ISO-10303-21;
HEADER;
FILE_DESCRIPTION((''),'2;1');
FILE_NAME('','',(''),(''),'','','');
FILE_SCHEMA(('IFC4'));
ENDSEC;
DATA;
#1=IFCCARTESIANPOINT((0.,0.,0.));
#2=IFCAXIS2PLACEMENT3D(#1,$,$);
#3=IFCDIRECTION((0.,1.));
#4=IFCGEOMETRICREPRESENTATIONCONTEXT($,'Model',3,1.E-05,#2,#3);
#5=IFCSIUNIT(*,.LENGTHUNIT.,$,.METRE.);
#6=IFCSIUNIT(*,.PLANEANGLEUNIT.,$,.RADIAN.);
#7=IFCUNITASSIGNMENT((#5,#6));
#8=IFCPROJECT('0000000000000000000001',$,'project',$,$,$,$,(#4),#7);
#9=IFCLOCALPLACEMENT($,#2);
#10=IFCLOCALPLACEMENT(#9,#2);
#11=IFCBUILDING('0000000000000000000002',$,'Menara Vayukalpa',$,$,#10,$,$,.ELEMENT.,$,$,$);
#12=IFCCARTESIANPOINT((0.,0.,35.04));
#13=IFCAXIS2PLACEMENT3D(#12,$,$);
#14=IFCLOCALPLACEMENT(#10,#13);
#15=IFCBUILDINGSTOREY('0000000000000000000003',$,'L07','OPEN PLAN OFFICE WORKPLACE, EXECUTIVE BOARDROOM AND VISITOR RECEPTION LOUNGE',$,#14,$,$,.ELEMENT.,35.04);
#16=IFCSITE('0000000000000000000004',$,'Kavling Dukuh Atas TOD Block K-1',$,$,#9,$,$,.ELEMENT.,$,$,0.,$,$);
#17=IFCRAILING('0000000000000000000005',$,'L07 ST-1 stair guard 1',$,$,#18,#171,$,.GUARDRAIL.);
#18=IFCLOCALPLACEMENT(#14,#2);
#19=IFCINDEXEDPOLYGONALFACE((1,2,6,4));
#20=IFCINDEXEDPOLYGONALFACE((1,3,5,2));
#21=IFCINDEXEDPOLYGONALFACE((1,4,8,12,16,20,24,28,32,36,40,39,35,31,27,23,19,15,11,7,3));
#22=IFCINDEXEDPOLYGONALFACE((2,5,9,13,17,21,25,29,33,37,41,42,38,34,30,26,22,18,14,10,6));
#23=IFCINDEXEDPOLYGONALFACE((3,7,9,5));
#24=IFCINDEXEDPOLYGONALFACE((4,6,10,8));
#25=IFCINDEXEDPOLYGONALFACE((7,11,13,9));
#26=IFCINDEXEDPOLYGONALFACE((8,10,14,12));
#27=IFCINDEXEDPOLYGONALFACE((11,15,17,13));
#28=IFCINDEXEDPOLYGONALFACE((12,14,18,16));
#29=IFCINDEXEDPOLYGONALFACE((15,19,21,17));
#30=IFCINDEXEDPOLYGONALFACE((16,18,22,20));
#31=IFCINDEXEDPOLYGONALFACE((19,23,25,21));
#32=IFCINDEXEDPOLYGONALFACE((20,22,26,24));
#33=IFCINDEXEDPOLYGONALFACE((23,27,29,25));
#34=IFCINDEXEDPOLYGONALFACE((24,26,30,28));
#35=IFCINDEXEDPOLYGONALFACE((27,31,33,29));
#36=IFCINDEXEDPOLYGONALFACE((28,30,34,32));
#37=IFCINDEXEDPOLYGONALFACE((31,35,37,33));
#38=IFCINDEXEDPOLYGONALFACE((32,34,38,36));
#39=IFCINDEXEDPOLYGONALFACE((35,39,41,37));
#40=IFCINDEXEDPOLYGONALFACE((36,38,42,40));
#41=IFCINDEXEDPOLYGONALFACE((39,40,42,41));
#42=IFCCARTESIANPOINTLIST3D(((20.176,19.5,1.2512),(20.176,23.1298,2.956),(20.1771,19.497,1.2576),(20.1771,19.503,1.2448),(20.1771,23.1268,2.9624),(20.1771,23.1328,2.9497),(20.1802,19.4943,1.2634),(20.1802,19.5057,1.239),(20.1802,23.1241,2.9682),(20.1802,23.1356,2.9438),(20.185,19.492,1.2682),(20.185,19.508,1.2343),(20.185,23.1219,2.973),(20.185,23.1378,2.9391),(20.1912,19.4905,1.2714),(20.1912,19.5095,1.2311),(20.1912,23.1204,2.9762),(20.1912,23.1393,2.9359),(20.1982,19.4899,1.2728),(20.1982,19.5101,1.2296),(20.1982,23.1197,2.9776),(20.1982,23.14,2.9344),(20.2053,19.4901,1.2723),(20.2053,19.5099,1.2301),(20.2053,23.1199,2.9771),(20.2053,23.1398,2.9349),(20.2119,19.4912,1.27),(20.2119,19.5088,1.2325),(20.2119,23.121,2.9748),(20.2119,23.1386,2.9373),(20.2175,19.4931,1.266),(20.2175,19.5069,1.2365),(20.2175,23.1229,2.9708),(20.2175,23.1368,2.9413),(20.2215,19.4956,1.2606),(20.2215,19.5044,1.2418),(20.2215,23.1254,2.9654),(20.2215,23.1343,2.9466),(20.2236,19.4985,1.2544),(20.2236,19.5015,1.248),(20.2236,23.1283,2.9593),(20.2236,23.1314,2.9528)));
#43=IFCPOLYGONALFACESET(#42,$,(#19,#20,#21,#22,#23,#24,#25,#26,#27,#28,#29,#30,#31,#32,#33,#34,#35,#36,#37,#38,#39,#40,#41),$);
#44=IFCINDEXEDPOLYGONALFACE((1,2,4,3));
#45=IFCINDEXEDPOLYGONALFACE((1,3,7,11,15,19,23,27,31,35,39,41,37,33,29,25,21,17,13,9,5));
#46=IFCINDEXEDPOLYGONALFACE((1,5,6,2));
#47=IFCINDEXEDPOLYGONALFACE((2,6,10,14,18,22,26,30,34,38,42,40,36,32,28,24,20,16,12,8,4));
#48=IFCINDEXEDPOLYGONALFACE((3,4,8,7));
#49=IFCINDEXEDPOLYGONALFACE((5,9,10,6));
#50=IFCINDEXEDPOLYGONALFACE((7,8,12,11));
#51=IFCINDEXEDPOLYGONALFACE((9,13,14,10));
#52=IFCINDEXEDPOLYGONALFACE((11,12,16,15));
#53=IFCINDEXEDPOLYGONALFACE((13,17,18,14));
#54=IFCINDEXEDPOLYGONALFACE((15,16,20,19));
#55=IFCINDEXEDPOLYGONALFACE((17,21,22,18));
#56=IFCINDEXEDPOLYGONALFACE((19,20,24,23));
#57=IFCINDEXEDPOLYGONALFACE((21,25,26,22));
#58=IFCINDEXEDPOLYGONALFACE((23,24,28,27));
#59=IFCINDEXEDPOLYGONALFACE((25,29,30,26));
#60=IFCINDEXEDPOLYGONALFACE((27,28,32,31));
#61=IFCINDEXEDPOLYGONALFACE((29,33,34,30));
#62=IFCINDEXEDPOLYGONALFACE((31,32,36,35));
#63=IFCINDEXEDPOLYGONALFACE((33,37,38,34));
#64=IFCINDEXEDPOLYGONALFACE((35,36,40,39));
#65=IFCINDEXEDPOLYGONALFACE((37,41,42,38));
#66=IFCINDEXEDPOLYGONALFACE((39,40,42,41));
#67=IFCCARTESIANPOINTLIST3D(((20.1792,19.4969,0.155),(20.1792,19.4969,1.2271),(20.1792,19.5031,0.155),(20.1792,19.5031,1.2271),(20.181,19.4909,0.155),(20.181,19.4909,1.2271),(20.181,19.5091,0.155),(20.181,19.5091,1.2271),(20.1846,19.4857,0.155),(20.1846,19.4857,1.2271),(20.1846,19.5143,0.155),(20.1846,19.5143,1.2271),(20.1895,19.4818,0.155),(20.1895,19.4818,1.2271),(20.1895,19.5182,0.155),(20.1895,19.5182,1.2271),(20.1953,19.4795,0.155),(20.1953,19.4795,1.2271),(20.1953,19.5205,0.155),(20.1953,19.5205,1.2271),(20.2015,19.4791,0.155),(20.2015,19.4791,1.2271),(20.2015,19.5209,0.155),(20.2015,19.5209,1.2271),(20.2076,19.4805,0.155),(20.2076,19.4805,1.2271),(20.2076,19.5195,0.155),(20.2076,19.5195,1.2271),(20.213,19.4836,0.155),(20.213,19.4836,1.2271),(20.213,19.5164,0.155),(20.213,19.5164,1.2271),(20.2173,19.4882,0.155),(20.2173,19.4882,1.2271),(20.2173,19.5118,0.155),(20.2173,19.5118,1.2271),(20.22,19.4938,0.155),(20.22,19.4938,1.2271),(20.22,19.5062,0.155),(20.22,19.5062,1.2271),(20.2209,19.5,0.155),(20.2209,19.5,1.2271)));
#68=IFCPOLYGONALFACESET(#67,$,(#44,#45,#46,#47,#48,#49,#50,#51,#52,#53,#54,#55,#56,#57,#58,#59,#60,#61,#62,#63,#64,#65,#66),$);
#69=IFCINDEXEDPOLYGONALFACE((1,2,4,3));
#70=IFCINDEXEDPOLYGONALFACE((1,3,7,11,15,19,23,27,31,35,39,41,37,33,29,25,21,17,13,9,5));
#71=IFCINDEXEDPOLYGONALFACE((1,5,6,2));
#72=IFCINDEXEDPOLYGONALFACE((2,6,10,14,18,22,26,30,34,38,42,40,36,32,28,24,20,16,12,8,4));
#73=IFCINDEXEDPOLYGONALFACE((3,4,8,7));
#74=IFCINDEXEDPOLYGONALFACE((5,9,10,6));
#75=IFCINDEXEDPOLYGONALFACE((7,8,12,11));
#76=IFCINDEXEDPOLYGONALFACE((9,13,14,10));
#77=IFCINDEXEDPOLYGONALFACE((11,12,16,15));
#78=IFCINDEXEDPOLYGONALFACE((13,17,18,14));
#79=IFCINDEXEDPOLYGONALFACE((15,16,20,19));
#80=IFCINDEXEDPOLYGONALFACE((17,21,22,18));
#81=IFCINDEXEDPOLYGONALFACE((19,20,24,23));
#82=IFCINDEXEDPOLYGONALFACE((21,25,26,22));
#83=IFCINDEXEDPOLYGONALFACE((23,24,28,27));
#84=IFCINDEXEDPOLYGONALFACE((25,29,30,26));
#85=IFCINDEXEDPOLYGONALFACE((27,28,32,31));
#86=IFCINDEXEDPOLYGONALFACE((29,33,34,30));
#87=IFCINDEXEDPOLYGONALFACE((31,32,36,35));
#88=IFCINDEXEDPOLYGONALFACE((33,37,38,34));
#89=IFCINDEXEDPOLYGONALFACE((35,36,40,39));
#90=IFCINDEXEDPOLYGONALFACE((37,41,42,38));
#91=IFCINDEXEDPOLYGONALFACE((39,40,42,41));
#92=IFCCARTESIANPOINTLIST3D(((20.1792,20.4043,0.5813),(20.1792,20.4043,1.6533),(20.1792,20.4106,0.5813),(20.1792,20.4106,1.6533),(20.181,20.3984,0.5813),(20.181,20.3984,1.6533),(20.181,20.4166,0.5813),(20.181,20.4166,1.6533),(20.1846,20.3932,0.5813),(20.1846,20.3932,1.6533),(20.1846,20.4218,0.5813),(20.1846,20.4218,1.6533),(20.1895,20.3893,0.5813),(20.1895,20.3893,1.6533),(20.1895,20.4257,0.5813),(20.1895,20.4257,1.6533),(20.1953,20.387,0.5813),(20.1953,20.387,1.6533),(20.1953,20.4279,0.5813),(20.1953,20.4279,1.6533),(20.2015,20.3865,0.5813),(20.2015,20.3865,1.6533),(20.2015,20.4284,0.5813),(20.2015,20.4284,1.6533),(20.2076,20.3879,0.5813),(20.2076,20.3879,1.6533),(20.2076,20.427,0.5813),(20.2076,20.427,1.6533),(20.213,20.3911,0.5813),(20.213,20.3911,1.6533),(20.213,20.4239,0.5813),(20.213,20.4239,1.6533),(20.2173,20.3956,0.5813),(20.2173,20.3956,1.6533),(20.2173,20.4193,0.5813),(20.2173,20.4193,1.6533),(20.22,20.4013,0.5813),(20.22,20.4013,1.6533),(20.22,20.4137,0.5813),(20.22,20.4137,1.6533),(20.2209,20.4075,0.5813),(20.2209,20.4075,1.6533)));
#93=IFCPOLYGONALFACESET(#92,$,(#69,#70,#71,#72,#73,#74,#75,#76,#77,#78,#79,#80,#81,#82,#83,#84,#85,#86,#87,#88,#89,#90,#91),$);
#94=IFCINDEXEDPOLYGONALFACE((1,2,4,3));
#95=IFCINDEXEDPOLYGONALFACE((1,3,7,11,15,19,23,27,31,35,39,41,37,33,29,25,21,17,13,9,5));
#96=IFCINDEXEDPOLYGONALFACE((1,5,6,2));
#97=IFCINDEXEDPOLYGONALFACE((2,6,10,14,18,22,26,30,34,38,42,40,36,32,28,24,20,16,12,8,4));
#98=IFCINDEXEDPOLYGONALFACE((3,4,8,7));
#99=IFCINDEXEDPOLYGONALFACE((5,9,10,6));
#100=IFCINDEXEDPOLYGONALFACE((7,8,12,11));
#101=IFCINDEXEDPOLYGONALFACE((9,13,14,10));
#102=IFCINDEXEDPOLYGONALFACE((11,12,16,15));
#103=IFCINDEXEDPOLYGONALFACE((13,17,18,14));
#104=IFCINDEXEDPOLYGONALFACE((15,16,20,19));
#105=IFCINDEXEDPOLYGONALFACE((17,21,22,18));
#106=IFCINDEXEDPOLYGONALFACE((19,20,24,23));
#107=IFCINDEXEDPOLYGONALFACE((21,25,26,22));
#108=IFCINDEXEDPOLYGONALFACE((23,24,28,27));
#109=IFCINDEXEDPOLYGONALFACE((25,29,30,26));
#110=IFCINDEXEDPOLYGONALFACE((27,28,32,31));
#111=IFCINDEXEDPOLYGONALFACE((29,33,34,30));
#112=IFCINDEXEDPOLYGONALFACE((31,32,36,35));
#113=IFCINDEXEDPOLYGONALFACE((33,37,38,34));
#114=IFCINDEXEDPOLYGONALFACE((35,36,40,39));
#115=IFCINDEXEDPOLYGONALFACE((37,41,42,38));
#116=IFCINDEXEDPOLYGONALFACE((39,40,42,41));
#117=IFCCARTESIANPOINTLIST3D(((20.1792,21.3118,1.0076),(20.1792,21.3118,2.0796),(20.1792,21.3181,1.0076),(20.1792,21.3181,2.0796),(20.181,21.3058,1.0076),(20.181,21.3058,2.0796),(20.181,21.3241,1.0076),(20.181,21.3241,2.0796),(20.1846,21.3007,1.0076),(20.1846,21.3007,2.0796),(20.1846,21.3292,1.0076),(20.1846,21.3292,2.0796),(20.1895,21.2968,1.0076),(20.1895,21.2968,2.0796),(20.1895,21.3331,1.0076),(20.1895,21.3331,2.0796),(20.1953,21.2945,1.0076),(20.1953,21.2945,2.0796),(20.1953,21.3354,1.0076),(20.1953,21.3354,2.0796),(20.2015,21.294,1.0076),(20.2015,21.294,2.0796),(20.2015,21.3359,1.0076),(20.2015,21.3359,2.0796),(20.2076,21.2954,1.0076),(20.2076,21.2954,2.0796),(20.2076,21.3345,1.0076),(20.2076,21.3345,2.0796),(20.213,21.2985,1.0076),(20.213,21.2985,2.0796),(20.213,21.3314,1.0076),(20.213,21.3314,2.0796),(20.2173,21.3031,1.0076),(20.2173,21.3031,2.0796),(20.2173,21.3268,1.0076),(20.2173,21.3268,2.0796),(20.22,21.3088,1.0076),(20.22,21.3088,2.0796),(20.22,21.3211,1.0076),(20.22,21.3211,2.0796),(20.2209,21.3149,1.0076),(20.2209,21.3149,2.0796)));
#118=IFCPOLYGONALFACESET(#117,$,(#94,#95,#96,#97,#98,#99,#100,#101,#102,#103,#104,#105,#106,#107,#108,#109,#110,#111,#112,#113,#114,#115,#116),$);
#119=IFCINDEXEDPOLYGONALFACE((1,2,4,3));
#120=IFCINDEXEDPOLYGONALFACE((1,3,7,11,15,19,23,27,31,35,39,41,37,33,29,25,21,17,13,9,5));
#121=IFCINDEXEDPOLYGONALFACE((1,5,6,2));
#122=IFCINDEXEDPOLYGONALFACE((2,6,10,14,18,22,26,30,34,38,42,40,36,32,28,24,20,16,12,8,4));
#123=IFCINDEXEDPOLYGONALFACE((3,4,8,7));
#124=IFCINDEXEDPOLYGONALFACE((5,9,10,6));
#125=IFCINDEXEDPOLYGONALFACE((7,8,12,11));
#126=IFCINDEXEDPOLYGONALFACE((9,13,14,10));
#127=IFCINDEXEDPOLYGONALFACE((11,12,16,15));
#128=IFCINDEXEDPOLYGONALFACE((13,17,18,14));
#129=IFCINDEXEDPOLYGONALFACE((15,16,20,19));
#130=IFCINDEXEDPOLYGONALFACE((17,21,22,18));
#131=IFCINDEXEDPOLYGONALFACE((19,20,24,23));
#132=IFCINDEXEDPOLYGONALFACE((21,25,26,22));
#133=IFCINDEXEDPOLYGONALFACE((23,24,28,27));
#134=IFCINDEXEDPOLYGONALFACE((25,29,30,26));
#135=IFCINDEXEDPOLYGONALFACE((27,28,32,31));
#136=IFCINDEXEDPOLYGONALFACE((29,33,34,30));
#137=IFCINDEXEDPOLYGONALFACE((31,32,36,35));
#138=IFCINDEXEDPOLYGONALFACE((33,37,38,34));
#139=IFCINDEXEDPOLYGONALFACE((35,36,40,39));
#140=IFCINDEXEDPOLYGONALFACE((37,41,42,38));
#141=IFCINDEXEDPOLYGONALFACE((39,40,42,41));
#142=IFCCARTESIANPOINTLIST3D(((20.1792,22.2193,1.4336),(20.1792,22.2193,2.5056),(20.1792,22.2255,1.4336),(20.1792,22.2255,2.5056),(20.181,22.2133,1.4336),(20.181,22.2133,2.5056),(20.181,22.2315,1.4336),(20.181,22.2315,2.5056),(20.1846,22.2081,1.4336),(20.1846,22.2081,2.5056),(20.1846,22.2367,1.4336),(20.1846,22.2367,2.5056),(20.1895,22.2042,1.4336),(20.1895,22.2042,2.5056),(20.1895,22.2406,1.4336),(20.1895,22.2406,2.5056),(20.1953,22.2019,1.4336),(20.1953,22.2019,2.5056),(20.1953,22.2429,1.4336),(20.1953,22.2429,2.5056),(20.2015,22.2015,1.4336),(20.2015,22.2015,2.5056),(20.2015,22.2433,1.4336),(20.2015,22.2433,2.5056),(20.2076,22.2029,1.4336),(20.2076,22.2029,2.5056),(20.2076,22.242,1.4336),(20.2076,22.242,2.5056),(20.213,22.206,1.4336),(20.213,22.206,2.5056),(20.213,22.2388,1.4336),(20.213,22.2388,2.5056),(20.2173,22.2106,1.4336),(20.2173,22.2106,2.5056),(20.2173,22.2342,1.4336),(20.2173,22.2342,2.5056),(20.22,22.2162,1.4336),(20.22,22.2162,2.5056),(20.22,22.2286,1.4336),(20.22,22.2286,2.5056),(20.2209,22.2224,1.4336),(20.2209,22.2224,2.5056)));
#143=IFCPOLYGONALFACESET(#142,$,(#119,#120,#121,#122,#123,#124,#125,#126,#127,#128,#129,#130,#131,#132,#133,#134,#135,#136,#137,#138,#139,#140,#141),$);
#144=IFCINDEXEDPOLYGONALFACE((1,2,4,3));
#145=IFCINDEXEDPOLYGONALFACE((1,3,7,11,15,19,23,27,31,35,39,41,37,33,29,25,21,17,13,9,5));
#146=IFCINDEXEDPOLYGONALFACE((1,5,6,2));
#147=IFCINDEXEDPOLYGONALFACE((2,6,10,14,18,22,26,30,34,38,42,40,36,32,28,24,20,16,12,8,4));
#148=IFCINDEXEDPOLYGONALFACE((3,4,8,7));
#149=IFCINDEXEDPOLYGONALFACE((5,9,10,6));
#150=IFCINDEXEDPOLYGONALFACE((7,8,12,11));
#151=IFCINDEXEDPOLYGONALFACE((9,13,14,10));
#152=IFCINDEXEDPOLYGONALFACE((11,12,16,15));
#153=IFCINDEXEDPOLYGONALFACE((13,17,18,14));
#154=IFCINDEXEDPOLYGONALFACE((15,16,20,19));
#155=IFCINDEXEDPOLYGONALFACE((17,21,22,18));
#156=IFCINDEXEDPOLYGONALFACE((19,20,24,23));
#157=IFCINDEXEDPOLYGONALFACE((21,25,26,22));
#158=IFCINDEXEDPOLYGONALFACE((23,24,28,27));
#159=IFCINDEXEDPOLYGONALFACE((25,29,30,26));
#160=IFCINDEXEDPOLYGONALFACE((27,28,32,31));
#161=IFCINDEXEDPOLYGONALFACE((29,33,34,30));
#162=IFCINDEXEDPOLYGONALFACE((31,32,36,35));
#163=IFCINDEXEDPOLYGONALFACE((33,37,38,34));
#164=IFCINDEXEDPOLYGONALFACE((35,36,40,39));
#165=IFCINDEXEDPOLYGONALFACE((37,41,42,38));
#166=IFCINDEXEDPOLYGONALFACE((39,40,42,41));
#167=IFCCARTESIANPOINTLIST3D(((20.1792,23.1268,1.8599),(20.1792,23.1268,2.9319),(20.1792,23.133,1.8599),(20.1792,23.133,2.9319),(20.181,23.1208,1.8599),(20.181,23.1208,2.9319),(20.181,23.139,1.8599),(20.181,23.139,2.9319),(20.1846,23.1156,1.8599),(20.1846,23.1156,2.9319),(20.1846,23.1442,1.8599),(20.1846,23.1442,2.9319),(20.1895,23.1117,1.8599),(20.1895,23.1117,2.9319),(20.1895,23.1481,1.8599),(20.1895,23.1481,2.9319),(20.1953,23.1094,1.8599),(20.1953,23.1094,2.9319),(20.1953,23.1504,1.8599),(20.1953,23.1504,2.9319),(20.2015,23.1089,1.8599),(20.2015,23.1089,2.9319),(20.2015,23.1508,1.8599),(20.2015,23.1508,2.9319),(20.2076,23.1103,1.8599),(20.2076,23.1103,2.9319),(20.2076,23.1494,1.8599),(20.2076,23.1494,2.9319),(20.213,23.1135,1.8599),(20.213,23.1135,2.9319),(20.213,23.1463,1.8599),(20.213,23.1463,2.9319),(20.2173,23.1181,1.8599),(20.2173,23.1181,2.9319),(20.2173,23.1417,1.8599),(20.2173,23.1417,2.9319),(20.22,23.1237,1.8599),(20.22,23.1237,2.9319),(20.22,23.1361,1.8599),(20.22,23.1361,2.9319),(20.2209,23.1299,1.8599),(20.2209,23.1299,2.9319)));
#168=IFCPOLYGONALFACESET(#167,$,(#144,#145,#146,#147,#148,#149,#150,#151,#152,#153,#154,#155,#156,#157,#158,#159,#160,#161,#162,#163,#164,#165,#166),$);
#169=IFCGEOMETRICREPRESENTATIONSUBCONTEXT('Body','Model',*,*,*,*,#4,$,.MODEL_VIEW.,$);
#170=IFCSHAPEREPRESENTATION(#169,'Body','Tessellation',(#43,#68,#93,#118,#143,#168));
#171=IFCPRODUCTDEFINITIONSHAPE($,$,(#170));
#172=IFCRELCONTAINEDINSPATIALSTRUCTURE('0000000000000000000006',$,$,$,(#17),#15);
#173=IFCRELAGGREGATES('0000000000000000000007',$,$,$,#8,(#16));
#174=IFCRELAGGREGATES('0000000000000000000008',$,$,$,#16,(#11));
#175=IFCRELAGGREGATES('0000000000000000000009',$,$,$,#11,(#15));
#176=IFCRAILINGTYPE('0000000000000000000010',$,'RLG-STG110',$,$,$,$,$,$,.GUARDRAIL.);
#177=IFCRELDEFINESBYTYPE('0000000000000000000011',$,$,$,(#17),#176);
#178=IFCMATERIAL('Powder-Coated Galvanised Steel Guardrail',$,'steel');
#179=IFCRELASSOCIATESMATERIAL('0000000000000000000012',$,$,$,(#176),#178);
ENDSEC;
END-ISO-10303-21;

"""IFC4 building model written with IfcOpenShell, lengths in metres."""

from ifc_helpers import new_model, si_unit, direction, frame, origin, origin_2d, place, context, subcontext, project, spatial, circle, extrude, material, type_object, element, save


model = new_model("IFC4")

# Units and contexts
model_context = context("Model", 3, precision=1e-05, world=origin(), true_north=direction((0.0, 1.0)))
body_context = subcontext(model_context, "Body", "Model", "MODEL_VIEW")
ifc_project = project(units=[si_unit("LENGTHUNIT", "METRE"), si_unit("PLANEANGLEUNIT", "RADIAN")], contexts=[model_context])

# Site, building, storey
site_placement = place(None, origin())
site = spatial("IfcSite", under=ifc_project, at=site_placement, Name="Kavling Dukuh Atas TOD Block K-1", CompositionType="ELEMENT", RefElevation=0.0)
building_placement = place(site_placement, origin())
building = spatial("IfcBuilding", under=site, at=building_placement, Name="Menara Vayukalpa", CompositionType="ELEMENT")
storey_placement = place(building_placement, frame((0.0, 0.0, 35.04)))
storey = spatial("IfcBuildingStorey", under=building, at=storey_placement, Name="L07", Description="OPEN PLAN OFFICE WORKPLACE, EXECUTIVE BOARDROOM AND VISITOR RECEPTION LOUNGE", CompositionType="ELEMENT", Elevation=35.04)

# Railing
ifc_material_1 = material(Name="Powder-Coated Galvanised Steel Guardrail", Category="steel")
railing_type_1 = type_object("IfcRailingType", Name="RLG-STG110", PredefinedType="GUARDRAIL", material=ifc_material_1)
railing_1_placement = place(storey_placement, frame((20.2, 19.5, 0.155)))
element("IfcRailing", 1, at=railing_1_placement, inside=storey, type_object=railing_type_1, Name="L07 ST-1 stair guard 1", PredefinedType="GUARDRAIL", context=body_context, shape_type="SweptSolid", body=[
    extrude(circle(Radius=0.0239, at=origin_2d()), frame((0.0, 0.0, 1.0962), z_axis=(0.0, 0.90514, 0.425114), x_axis=(-1.0, 0.0, 0.0)), (0.0, 0.0, 1.0), 4.0103),
    extrude(circle(Radius=0.021, at=origin_2d()), origin(), (0.0, 0.0, 1.0), 1.072),
    extrude(circle(Radius=0.021, at=origin_2d()), frame((0.0, 0.9075, 0.4263)), (0.0, 0.0, 1.0), 1.072),
    extrude(circle(Radius=0.021, at=origin_2d()), frame((0.0, 1.8149, 0.8525)), (0.0, 0.0, 1.0), 1.072),
    extrude(circle(Radius=0.021, at=origin_2d()), frame((0.0, 2.7224, 1.2786)), (0.0, 0.0, 1.0), 1.072),
    extrude(circle(Radius=0.021, at=origin_2d()), frame((0.0, 3.6299, 1.7048)), (0.0, 0.0, 1.0), 1.072),
])

save(model, "model.ifc")
